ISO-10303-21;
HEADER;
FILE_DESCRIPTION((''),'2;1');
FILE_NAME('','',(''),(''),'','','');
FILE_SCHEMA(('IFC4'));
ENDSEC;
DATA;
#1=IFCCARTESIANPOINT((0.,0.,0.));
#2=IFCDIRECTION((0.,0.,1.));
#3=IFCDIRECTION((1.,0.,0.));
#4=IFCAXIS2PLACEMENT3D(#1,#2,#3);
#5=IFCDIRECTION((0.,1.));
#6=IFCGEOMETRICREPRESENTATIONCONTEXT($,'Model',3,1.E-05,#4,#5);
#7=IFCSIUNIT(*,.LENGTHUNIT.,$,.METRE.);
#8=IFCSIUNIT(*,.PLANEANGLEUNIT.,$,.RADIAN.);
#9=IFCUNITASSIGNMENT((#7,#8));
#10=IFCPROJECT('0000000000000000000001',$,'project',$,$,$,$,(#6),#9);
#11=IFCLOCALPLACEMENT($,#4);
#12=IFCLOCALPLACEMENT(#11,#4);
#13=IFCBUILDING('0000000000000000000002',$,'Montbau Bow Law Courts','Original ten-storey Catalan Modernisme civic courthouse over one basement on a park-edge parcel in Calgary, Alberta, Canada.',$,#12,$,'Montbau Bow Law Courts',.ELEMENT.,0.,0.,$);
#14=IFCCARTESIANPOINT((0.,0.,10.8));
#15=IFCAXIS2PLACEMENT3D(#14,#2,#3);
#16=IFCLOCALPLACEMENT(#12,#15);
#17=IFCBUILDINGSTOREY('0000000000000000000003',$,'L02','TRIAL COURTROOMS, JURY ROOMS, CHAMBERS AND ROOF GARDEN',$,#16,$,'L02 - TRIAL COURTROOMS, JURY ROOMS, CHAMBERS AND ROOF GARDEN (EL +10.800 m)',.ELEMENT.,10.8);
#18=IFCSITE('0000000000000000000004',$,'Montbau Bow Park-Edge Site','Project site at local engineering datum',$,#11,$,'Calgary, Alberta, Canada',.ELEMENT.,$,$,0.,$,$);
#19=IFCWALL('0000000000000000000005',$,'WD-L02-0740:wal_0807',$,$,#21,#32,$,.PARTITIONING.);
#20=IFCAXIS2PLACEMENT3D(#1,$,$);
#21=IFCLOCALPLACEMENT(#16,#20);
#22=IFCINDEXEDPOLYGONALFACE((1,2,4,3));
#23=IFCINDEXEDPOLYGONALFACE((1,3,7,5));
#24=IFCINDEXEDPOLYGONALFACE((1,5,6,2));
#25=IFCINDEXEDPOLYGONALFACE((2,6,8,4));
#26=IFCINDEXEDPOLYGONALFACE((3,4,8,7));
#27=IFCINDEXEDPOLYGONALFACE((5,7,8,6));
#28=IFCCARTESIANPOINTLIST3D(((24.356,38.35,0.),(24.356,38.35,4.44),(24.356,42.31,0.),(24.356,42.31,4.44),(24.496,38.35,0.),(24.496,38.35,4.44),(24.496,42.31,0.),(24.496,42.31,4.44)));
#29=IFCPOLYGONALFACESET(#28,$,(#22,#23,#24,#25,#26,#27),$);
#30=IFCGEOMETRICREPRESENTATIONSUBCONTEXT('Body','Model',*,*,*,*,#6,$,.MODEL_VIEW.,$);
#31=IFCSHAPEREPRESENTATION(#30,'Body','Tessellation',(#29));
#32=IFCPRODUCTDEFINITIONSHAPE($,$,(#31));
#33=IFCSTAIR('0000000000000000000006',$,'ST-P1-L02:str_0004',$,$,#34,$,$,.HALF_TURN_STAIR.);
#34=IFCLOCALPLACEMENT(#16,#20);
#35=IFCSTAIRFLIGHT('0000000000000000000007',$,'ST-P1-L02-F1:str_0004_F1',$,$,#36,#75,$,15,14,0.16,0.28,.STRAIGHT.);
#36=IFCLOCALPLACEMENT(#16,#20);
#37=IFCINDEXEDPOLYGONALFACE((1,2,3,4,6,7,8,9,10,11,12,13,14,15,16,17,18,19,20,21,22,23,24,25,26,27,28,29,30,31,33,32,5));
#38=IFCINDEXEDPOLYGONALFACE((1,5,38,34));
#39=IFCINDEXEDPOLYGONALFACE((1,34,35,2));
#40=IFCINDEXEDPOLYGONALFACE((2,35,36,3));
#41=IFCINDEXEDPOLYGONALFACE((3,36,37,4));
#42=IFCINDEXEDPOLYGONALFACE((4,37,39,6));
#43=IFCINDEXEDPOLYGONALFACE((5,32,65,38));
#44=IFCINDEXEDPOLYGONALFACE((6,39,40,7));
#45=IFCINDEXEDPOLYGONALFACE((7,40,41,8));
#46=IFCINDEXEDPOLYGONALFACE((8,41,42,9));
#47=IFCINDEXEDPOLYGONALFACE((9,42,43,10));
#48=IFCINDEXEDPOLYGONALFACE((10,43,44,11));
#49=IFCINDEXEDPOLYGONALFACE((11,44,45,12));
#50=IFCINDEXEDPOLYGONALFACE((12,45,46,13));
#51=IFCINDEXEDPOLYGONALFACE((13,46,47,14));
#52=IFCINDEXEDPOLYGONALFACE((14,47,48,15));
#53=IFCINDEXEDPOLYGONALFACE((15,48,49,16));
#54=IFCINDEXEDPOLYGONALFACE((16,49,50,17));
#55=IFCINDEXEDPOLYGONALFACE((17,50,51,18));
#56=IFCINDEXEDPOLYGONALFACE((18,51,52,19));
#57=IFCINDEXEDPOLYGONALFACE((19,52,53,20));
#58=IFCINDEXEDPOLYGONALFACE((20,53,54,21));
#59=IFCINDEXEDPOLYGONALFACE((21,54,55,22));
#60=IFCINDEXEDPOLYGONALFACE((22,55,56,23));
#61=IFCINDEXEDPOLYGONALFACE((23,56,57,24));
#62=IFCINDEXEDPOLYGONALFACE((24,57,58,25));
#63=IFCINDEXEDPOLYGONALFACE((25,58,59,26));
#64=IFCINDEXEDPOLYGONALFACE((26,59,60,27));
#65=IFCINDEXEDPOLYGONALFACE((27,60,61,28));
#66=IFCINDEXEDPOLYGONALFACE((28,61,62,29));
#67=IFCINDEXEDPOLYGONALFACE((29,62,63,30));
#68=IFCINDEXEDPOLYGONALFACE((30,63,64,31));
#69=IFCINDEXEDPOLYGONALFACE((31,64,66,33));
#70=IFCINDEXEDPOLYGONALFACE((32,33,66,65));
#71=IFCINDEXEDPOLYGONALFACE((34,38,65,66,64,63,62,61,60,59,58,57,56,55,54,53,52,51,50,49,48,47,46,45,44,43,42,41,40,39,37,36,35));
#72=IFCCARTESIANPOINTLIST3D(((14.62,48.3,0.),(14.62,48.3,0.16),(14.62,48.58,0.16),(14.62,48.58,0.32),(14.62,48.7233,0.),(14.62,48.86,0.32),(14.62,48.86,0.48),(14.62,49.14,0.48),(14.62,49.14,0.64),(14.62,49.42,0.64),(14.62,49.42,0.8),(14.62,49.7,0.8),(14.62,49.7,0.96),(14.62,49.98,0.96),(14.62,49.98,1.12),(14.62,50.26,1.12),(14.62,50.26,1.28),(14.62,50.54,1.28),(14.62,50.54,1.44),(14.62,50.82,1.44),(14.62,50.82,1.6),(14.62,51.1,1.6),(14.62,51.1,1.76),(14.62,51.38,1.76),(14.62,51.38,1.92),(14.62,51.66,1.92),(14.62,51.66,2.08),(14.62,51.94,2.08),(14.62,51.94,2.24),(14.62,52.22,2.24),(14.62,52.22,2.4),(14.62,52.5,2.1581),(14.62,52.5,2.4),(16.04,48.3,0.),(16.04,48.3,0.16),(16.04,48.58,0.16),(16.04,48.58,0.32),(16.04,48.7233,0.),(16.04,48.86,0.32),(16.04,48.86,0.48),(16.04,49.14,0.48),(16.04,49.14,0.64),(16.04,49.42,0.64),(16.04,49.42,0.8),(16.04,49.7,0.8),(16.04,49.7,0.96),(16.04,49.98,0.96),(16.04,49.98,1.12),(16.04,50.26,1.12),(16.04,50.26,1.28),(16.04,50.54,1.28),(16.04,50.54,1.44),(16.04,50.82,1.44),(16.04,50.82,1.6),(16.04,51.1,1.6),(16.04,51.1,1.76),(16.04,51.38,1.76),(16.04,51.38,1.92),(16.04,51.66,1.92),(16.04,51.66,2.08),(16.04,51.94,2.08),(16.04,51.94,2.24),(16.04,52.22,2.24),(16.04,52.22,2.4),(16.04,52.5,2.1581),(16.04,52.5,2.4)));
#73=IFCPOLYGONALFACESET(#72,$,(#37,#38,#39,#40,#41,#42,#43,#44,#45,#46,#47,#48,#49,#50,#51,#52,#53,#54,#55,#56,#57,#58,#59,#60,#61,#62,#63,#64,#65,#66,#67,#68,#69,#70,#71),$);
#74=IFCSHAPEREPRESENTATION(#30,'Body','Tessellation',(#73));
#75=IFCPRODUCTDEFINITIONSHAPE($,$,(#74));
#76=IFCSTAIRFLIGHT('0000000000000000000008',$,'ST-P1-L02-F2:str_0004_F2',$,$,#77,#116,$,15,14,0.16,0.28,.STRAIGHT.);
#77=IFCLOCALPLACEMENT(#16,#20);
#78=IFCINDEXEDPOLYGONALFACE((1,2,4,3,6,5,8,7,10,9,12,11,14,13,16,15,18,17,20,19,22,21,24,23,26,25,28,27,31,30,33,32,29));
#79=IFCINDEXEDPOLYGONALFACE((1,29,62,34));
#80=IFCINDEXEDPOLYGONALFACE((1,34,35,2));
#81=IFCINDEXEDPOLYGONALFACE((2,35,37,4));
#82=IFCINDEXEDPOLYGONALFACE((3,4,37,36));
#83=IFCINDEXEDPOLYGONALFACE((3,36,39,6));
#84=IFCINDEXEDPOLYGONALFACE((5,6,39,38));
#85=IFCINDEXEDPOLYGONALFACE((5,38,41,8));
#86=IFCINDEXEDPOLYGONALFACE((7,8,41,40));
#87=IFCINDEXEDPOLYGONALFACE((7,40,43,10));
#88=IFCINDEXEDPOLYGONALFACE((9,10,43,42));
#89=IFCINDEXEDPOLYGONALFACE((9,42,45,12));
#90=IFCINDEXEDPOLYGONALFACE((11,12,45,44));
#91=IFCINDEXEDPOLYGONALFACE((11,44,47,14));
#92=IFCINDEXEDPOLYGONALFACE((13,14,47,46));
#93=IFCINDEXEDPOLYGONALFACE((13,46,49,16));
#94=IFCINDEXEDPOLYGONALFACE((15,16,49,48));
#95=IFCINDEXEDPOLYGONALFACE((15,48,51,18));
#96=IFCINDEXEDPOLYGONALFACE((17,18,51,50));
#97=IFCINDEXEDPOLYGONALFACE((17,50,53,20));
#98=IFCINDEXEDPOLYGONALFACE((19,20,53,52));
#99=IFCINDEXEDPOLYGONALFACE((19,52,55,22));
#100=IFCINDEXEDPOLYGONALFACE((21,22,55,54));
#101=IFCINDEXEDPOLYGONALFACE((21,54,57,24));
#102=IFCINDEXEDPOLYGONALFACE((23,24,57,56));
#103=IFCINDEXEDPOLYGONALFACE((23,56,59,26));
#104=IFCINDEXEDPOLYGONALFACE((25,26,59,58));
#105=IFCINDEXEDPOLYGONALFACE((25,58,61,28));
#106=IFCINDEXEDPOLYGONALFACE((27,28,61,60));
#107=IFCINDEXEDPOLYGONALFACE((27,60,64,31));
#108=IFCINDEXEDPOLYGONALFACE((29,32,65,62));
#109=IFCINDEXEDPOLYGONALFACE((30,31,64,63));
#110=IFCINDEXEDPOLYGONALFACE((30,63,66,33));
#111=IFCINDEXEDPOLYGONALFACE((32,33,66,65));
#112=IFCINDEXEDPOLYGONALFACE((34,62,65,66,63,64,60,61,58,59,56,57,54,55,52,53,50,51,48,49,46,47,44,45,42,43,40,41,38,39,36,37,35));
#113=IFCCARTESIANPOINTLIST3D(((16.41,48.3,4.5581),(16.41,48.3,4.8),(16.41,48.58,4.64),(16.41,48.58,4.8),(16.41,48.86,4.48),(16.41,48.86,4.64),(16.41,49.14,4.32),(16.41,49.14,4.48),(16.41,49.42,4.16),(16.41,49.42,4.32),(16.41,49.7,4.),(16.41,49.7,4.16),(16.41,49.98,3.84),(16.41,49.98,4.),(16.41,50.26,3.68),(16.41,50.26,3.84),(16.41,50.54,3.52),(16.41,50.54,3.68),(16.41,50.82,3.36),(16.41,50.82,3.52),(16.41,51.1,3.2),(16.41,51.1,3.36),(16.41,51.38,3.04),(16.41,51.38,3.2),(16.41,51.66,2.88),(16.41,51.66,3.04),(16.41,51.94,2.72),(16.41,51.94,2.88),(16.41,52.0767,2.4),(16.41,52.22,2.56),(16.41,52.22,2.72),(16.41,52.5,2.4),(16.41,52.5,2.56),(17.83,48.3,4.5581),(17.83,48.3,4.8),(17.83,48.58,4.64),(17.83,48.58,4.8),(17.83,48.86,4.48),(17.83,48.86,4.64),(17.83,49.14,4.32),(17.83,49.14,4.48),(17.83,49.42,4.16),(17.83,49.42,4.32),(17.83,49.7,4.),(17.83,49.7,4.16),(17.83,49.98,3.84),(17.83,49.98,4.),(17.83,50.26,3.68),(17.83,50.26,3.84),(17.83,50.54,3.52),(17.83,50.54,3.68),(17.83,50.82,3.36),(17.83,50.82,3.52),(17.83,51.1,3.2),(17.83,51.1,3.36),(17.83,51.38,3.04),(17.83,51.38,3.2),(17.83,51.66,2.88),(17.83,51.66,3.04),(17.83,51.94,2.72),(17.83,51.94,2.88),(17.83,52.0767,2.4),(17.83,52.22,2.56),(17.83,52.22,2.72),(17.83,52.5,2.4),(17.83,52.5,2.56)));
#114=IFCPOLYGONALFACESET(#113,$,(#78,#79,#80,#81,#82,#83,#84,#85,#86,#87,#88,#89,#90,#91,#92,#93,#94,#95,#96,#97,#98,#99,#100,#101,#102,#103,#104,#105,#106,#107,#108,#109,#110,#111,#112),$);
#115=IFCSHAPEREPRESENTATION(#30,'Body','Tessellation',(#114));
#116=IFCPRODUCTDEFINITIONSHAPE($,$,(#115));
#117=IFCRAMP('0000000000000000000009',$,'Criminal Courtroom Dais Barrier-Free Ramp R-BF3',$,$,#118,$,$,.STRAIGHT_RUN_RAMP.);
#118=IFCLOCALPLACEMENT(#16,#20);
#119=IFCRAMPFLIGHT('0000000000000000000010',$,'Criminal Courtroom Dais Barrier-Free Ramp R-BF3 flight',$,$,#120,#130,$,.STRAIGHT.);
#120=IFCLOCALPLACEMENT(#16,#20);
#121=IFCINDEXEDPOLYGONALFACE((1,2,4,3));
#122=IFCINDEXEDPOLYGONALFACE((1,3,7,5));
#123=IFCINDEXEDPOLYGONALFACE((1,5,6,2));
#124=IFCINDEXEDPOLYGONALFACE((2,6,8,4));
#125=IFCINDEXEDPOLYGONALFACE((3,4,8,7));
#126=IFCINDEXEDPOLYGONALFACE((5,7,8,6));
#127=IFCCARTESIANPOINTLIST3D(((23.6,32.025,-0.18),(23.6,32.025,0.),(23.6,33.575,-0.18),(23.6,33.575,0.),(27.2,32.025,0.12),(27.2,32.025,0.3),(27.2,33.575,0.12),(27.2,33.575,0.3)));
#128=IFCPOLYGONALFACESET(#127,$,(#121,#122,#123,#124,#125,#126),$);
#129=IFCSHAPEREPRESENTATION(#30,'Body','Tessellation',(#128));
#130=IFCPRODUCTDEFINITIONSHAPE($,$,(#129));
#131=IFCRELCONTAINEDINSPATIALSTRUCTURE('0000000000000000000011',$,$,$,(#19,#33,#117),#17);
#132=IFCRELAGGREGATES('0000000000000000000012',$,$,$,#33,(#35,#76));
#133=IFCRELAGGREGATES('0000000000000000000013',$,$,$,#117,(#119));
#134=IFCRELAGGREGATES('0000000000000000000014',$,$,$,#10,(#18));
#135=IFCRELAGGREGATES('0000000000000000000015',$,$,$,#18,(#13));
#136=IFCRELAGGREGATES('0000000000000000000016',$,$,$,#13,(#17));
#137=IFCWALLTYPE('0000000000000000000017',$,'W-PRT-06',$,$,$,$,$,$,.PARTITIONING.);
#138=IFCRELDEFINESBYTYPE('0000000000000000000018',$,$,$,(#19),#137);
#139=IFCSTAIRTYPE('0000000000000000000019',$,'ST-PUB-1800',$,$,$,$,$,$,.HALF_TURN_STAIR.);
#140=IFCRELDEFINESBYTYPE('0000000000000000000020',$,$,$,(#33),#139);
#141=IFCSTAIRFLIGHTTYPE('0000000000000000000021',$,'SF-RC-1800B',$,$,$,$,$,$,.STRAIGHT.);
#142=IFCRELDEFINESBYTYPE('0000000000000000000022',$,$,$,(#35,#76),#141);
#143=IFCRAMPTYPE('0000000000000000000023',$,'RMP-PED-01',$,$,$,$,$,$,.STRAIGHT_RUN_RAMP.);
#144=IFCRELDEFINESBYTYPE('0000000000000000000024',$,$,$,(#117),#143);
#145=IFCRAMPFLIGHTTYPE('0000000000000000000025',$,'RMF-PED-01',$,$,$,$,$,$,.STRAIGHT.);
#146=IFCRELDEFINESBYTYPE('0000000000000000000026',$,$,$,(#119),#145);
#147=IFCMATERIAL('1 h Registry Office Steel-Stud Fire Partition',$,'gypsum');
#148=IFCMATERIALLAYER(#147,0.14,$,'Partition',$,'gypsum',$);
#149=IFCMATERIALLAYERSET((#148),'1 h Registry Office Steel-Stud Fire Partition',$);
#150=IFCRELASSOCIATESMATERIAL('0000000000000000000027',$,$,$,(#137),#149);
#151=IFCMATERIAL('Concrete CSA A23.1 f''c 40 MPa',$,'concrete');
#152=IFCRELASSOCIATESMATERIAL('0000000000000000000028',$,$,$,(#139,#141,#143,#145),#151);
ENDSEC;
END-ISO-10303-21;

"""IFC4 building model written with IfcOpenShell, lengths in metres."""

from ifc_helpers import new_model, si_unit, direction, frame, frame_2d, origin_with_axes, place, context, subcontext, project, spatial, polyline, rectangle, outline, extrude, material, layer, layer_set, type_object, element, aggregate, save


model = new_model("IFC4")

# Units and contexts
model_context = context("Model", 3, precision=1e-05, world=origin_with_axes(), true_north=direction((0.0, 1.0)))
body_context = subcontext(model_context, "Body", "Model", "MODEL_VIEW")
ifc_project = project(units=[si_unit("LENGTHUNIT", "METRE"), si_unit("PLANEANGLEUNIT", "RADIAN")], contexts=[model_context])

# Site, building, storey
site_placement = place(None, origin_with_axes())
site = spatial("IfcSite", under=ifc_project, at=site_placement, Name="Montbau Bow Park-Edge Site", Description="Project site at local engineering datum", LongName="Calgary, Alberta, Canada", CompositionType="ELEMENT", RefElevation=0.0)
building_placement = place(site_placement, origin_with_axes())
building = spatial("IfcBuilding", under=site, at=building_placement, Name="Montbau Bow Law Courts", Description="Original ten-storey Catalan Modernisme civic courthouse over one basement on a park-edge parcel in Calgary, Alberta, Canada.", LongName="Montbau Bow Law Courts", CompositionType="ELEMENT", ElevationOfRefHeight=0.0, ElevationOfTerrain=0.0)
storey_placement = place(building_placement, frame((0.0, 0.0, 10.8), z_axis=(0.0, 0.0, 1.0), x_axis=(1.0, 0.0, 0.0)))
storey = spatial("IfcBuildingStorey", under=building, at=storey_placement, Name="L02", Description="TRIAL COURTROOMS, JURY ROOMS, CHAMBERS AND ROOF GARDEN", LongName="L02 - TRIAL COURTROOMS, JURY ROOMS, CHAMBERS AND ROOF GARDEN (EL +10.800 m)", CompositionType="ELEMENT", Elevation=10.8)

# Wall
ifc_material_1 = material(Name="1 h Registry Office Steel-Stud Fire Partition", Category="gypsum")
ifc_layer_1 = layer(ifc_material_1, 0.14, Name="Partition", Category="gypsum")
ifc_layer_set_1 = layer_set([ifc_layer_1], Name="1 h Registry Office Steel-Stud Fire Partition")
wall_type_1 = type_object("IfcWallType", Name="W-PRT-06", PredefinedType="PARTITIONING", material=ifc_layer_set_1)
wall_1_placement = place(None, frame((24.426, 38.35, 10.8), z_axis=(0.0, 0.0, 1.0), x_axis=(0.0, 1.0, 0.0)))
element("IfcWall", 1, at=wall_1_placement, inside=storey, type_object=wall_type_1, Name="WD-L02-0740:wal_0807", PredefinedType="PARTITIONING", context=body_context, shape_type="SweptSolid", body=[
    extrude(rectangle(XDim=3.96, YDim=0.14, at=frame_2d((1.98, 0.0), x_axis=(1.0, 0.0))), origin_with_axes(), (0.0, 0.0, 1.0), 4.44),
])

# Stair, stair flights
ifc_material_2 = material(Name="Concrete CSA A23.1 f'c 40 MPa", Category="concrete")
stair_type = type_object("IfcStairType", Name="ST-PUB-1800", PredefinedType="HALF_TURN_STAIR", material=ifc_material_2)
stair_placement = place(None, frame((15.33, 48.3, 10.8), z_axis=(0.0, 0.0, 1.0), x_axis=(1.0, 0.0, 0.0)))
stair = element("IfcStair", 2, at=stair_placement, inside=storey, type_object=stair_type, Name="ST-P1-L02:str_0004", PredefinedType="HALF_TURN_STAIR")
stair_flight_type = type_object("IfcStairFlightType", Name="SF-RC-1800B", PredefinedType="STRAIGHT", material=ifc_material_2)
stair_flight_1_placement = place(None, frame((15.33, 48.3, 10.8), z_axis=(0.0, 0.0, 1.0), x_axis=(0.0, 1.0, 0.0)))
stair_flight_1 = element("IfcStairFlight", 3, at=stair_flight_1_placement, type_object=stair_flight_type, Name="ST-P1-L02-F1:str_0004_F1", NumberOfRisers=15, NumberOfTreads=14, PredefinedType="STRAIGHT", RiserHeight=0.16, TreadLength=0.28, context=body_context, shape_type="SweptSolid", body=[
    extrude(outline(polyline([(0.0, 0.0), (0.0, 0.16), (0.28, 0.16), (0.28, 0.32), (0.56, 0.32), (0.56, 0.48), (0.84, 0.48), (0.84, 0.64), (1.12, 0.64), (1.12, 0.8), (1.4, 0.8), (1.4, 0.96), (1.68, 0.96), (1.68, 1.12), (1.96, 1.12), (1.96, 1.28), (2.24, 1.28), (2.24, 1.44), (2.52, 1.44), (2.52, 1.6), (2.8, 1.6), (2.8, 1.76), (3.08, 1.76), (3.08, 1.92), (3.36, 1.92), (3.36, 2.08), (3.64, 2.08), (3.64, 2.24), (3.92, 2.24), (3.92, 2.4), (4.2, 2.4), (4.2, 2.1581), (0.4233, 0.0), (0.0, 0.0)])), frame((0.0, 0.71, 0.0), z_axis=(0.0, -1.0, 0.0), x_axis=(1.0, 0.0, 0.0)), (0.0, 0.0, 1.0), 1.42),
])
stair_flight_2_placement = place(None, frame((17.12, 52.5, 13.2), z_axis=(0.0, 0.0, 1.0), x_axis=(0.0, -1.0, 0.0)))
stair_flight_2 = element("IfcStairFlight", 4, at=stair_flight_2_placement, type_object=stair_flight_type, Name="ST-P1-L02-F2:str_0004_F2", NumberOfRisers=15, NumberOfTreads=14, PredefinedType="STRAIGHT", RiserHeight=0.16, TreadLength=0.28, context=body_context, shape_type="SweptSolid", body=[
    extrude(outline(polyline([(0.0, 0.0), (0.0, 0.16), (0.28, 0.16), (0.28, 0.32), (0.56, 0.32), (0.56, 0.48), (0.84, 0.48), (0.84, 0.64), (1.12, 0.64), (1.12, 0.8), (1.4, 0.8), (1.4, 0.96), (1.68, 0.96), (1.68, 1.12), (1.96, 1.12), (1.96, 1.28), (2.24, 1.28), (2.24, 1.44), (2.52, 1.44), (2.52, 1.6), (2.8, 1.6), (2.8, 1.76), (3.08, 1.76), (3.08, 1.92), (3.36, 1.92), (3.36, 2.08), (3.64, 2.08), (3.64, 2.24), (3.92, 2.24), (3.92, 2.4), (4.2, 2.4), (4.2, 2.1581), (0.4233, 0.0), (0.0, 0.0)])), frame((0.0, 0.71, 0.0), z_axis=(0.0, -1.0, 0.0), x_axis=(1.0, 0.0, 0.0)), (0.0, 0.0, 1.0), 1.42),
])
aggregate(stair, [stair_flight_1, stair_flight_2])

# Ramp, ramp flight
ramp_type = type_object("IfcRampType", Name="RMP-PED-01", PredefinedType="STRAIGHT_RUN_RAMP", material=ifc_material_2)
ramp_placement = place(None, frame((23.6, 32.8, 10.8), z_axis=(0.0, 0.0, 1.0), x_axis=(1.0, 0.0, 0.0)))
ramp = element("IfcRamp", 5, at=ramp_placement, inside=storey, type_object=ramp_type, Name="Criminal Courtroom Dais Barrier-Free Ramp R-BF3", PredefinedType="STRAIGHT_RUN_RAMP")
ramp_flight_type = type_object("IfcRampFlightType", Name="RMF-PED-01", PredefinedType="STRAIGHT", material=ifc_material_2)
ramp_flight_placement = place(None, frame((23.6, 32.8, 10.8), z_axis=(0.0, 0.0, 1.0), x_axis=(1.0, 0.0, 0.0)))
ramp_flight = element("IfcRampFlight", 6, at=ramp_flight_placement, type_object=ramp_flight_type, Name="Criminal Courtroom Dais Barrier-Free Ramp R-BF3 flight", PredefinedType="STRAIGHT", context=body_context, shape_type="SweptSolid", body=[
    extrude(outline(polyline([(0.0, 0.0), (3.6, 0.3), (3.6, 0.12), (0.0, -0.18), (0.0, 0.0)])), frame((0.0, 0.775, 0.0), z_axis=(0.0, -1.0, 0.0), x_axis=(1.0, 0.0, 0.0)), (0.0, 0.0, 1.0), 1.55),
])
aggregate(ramp, [ramp_flight])

save(model, "model.ifc")
